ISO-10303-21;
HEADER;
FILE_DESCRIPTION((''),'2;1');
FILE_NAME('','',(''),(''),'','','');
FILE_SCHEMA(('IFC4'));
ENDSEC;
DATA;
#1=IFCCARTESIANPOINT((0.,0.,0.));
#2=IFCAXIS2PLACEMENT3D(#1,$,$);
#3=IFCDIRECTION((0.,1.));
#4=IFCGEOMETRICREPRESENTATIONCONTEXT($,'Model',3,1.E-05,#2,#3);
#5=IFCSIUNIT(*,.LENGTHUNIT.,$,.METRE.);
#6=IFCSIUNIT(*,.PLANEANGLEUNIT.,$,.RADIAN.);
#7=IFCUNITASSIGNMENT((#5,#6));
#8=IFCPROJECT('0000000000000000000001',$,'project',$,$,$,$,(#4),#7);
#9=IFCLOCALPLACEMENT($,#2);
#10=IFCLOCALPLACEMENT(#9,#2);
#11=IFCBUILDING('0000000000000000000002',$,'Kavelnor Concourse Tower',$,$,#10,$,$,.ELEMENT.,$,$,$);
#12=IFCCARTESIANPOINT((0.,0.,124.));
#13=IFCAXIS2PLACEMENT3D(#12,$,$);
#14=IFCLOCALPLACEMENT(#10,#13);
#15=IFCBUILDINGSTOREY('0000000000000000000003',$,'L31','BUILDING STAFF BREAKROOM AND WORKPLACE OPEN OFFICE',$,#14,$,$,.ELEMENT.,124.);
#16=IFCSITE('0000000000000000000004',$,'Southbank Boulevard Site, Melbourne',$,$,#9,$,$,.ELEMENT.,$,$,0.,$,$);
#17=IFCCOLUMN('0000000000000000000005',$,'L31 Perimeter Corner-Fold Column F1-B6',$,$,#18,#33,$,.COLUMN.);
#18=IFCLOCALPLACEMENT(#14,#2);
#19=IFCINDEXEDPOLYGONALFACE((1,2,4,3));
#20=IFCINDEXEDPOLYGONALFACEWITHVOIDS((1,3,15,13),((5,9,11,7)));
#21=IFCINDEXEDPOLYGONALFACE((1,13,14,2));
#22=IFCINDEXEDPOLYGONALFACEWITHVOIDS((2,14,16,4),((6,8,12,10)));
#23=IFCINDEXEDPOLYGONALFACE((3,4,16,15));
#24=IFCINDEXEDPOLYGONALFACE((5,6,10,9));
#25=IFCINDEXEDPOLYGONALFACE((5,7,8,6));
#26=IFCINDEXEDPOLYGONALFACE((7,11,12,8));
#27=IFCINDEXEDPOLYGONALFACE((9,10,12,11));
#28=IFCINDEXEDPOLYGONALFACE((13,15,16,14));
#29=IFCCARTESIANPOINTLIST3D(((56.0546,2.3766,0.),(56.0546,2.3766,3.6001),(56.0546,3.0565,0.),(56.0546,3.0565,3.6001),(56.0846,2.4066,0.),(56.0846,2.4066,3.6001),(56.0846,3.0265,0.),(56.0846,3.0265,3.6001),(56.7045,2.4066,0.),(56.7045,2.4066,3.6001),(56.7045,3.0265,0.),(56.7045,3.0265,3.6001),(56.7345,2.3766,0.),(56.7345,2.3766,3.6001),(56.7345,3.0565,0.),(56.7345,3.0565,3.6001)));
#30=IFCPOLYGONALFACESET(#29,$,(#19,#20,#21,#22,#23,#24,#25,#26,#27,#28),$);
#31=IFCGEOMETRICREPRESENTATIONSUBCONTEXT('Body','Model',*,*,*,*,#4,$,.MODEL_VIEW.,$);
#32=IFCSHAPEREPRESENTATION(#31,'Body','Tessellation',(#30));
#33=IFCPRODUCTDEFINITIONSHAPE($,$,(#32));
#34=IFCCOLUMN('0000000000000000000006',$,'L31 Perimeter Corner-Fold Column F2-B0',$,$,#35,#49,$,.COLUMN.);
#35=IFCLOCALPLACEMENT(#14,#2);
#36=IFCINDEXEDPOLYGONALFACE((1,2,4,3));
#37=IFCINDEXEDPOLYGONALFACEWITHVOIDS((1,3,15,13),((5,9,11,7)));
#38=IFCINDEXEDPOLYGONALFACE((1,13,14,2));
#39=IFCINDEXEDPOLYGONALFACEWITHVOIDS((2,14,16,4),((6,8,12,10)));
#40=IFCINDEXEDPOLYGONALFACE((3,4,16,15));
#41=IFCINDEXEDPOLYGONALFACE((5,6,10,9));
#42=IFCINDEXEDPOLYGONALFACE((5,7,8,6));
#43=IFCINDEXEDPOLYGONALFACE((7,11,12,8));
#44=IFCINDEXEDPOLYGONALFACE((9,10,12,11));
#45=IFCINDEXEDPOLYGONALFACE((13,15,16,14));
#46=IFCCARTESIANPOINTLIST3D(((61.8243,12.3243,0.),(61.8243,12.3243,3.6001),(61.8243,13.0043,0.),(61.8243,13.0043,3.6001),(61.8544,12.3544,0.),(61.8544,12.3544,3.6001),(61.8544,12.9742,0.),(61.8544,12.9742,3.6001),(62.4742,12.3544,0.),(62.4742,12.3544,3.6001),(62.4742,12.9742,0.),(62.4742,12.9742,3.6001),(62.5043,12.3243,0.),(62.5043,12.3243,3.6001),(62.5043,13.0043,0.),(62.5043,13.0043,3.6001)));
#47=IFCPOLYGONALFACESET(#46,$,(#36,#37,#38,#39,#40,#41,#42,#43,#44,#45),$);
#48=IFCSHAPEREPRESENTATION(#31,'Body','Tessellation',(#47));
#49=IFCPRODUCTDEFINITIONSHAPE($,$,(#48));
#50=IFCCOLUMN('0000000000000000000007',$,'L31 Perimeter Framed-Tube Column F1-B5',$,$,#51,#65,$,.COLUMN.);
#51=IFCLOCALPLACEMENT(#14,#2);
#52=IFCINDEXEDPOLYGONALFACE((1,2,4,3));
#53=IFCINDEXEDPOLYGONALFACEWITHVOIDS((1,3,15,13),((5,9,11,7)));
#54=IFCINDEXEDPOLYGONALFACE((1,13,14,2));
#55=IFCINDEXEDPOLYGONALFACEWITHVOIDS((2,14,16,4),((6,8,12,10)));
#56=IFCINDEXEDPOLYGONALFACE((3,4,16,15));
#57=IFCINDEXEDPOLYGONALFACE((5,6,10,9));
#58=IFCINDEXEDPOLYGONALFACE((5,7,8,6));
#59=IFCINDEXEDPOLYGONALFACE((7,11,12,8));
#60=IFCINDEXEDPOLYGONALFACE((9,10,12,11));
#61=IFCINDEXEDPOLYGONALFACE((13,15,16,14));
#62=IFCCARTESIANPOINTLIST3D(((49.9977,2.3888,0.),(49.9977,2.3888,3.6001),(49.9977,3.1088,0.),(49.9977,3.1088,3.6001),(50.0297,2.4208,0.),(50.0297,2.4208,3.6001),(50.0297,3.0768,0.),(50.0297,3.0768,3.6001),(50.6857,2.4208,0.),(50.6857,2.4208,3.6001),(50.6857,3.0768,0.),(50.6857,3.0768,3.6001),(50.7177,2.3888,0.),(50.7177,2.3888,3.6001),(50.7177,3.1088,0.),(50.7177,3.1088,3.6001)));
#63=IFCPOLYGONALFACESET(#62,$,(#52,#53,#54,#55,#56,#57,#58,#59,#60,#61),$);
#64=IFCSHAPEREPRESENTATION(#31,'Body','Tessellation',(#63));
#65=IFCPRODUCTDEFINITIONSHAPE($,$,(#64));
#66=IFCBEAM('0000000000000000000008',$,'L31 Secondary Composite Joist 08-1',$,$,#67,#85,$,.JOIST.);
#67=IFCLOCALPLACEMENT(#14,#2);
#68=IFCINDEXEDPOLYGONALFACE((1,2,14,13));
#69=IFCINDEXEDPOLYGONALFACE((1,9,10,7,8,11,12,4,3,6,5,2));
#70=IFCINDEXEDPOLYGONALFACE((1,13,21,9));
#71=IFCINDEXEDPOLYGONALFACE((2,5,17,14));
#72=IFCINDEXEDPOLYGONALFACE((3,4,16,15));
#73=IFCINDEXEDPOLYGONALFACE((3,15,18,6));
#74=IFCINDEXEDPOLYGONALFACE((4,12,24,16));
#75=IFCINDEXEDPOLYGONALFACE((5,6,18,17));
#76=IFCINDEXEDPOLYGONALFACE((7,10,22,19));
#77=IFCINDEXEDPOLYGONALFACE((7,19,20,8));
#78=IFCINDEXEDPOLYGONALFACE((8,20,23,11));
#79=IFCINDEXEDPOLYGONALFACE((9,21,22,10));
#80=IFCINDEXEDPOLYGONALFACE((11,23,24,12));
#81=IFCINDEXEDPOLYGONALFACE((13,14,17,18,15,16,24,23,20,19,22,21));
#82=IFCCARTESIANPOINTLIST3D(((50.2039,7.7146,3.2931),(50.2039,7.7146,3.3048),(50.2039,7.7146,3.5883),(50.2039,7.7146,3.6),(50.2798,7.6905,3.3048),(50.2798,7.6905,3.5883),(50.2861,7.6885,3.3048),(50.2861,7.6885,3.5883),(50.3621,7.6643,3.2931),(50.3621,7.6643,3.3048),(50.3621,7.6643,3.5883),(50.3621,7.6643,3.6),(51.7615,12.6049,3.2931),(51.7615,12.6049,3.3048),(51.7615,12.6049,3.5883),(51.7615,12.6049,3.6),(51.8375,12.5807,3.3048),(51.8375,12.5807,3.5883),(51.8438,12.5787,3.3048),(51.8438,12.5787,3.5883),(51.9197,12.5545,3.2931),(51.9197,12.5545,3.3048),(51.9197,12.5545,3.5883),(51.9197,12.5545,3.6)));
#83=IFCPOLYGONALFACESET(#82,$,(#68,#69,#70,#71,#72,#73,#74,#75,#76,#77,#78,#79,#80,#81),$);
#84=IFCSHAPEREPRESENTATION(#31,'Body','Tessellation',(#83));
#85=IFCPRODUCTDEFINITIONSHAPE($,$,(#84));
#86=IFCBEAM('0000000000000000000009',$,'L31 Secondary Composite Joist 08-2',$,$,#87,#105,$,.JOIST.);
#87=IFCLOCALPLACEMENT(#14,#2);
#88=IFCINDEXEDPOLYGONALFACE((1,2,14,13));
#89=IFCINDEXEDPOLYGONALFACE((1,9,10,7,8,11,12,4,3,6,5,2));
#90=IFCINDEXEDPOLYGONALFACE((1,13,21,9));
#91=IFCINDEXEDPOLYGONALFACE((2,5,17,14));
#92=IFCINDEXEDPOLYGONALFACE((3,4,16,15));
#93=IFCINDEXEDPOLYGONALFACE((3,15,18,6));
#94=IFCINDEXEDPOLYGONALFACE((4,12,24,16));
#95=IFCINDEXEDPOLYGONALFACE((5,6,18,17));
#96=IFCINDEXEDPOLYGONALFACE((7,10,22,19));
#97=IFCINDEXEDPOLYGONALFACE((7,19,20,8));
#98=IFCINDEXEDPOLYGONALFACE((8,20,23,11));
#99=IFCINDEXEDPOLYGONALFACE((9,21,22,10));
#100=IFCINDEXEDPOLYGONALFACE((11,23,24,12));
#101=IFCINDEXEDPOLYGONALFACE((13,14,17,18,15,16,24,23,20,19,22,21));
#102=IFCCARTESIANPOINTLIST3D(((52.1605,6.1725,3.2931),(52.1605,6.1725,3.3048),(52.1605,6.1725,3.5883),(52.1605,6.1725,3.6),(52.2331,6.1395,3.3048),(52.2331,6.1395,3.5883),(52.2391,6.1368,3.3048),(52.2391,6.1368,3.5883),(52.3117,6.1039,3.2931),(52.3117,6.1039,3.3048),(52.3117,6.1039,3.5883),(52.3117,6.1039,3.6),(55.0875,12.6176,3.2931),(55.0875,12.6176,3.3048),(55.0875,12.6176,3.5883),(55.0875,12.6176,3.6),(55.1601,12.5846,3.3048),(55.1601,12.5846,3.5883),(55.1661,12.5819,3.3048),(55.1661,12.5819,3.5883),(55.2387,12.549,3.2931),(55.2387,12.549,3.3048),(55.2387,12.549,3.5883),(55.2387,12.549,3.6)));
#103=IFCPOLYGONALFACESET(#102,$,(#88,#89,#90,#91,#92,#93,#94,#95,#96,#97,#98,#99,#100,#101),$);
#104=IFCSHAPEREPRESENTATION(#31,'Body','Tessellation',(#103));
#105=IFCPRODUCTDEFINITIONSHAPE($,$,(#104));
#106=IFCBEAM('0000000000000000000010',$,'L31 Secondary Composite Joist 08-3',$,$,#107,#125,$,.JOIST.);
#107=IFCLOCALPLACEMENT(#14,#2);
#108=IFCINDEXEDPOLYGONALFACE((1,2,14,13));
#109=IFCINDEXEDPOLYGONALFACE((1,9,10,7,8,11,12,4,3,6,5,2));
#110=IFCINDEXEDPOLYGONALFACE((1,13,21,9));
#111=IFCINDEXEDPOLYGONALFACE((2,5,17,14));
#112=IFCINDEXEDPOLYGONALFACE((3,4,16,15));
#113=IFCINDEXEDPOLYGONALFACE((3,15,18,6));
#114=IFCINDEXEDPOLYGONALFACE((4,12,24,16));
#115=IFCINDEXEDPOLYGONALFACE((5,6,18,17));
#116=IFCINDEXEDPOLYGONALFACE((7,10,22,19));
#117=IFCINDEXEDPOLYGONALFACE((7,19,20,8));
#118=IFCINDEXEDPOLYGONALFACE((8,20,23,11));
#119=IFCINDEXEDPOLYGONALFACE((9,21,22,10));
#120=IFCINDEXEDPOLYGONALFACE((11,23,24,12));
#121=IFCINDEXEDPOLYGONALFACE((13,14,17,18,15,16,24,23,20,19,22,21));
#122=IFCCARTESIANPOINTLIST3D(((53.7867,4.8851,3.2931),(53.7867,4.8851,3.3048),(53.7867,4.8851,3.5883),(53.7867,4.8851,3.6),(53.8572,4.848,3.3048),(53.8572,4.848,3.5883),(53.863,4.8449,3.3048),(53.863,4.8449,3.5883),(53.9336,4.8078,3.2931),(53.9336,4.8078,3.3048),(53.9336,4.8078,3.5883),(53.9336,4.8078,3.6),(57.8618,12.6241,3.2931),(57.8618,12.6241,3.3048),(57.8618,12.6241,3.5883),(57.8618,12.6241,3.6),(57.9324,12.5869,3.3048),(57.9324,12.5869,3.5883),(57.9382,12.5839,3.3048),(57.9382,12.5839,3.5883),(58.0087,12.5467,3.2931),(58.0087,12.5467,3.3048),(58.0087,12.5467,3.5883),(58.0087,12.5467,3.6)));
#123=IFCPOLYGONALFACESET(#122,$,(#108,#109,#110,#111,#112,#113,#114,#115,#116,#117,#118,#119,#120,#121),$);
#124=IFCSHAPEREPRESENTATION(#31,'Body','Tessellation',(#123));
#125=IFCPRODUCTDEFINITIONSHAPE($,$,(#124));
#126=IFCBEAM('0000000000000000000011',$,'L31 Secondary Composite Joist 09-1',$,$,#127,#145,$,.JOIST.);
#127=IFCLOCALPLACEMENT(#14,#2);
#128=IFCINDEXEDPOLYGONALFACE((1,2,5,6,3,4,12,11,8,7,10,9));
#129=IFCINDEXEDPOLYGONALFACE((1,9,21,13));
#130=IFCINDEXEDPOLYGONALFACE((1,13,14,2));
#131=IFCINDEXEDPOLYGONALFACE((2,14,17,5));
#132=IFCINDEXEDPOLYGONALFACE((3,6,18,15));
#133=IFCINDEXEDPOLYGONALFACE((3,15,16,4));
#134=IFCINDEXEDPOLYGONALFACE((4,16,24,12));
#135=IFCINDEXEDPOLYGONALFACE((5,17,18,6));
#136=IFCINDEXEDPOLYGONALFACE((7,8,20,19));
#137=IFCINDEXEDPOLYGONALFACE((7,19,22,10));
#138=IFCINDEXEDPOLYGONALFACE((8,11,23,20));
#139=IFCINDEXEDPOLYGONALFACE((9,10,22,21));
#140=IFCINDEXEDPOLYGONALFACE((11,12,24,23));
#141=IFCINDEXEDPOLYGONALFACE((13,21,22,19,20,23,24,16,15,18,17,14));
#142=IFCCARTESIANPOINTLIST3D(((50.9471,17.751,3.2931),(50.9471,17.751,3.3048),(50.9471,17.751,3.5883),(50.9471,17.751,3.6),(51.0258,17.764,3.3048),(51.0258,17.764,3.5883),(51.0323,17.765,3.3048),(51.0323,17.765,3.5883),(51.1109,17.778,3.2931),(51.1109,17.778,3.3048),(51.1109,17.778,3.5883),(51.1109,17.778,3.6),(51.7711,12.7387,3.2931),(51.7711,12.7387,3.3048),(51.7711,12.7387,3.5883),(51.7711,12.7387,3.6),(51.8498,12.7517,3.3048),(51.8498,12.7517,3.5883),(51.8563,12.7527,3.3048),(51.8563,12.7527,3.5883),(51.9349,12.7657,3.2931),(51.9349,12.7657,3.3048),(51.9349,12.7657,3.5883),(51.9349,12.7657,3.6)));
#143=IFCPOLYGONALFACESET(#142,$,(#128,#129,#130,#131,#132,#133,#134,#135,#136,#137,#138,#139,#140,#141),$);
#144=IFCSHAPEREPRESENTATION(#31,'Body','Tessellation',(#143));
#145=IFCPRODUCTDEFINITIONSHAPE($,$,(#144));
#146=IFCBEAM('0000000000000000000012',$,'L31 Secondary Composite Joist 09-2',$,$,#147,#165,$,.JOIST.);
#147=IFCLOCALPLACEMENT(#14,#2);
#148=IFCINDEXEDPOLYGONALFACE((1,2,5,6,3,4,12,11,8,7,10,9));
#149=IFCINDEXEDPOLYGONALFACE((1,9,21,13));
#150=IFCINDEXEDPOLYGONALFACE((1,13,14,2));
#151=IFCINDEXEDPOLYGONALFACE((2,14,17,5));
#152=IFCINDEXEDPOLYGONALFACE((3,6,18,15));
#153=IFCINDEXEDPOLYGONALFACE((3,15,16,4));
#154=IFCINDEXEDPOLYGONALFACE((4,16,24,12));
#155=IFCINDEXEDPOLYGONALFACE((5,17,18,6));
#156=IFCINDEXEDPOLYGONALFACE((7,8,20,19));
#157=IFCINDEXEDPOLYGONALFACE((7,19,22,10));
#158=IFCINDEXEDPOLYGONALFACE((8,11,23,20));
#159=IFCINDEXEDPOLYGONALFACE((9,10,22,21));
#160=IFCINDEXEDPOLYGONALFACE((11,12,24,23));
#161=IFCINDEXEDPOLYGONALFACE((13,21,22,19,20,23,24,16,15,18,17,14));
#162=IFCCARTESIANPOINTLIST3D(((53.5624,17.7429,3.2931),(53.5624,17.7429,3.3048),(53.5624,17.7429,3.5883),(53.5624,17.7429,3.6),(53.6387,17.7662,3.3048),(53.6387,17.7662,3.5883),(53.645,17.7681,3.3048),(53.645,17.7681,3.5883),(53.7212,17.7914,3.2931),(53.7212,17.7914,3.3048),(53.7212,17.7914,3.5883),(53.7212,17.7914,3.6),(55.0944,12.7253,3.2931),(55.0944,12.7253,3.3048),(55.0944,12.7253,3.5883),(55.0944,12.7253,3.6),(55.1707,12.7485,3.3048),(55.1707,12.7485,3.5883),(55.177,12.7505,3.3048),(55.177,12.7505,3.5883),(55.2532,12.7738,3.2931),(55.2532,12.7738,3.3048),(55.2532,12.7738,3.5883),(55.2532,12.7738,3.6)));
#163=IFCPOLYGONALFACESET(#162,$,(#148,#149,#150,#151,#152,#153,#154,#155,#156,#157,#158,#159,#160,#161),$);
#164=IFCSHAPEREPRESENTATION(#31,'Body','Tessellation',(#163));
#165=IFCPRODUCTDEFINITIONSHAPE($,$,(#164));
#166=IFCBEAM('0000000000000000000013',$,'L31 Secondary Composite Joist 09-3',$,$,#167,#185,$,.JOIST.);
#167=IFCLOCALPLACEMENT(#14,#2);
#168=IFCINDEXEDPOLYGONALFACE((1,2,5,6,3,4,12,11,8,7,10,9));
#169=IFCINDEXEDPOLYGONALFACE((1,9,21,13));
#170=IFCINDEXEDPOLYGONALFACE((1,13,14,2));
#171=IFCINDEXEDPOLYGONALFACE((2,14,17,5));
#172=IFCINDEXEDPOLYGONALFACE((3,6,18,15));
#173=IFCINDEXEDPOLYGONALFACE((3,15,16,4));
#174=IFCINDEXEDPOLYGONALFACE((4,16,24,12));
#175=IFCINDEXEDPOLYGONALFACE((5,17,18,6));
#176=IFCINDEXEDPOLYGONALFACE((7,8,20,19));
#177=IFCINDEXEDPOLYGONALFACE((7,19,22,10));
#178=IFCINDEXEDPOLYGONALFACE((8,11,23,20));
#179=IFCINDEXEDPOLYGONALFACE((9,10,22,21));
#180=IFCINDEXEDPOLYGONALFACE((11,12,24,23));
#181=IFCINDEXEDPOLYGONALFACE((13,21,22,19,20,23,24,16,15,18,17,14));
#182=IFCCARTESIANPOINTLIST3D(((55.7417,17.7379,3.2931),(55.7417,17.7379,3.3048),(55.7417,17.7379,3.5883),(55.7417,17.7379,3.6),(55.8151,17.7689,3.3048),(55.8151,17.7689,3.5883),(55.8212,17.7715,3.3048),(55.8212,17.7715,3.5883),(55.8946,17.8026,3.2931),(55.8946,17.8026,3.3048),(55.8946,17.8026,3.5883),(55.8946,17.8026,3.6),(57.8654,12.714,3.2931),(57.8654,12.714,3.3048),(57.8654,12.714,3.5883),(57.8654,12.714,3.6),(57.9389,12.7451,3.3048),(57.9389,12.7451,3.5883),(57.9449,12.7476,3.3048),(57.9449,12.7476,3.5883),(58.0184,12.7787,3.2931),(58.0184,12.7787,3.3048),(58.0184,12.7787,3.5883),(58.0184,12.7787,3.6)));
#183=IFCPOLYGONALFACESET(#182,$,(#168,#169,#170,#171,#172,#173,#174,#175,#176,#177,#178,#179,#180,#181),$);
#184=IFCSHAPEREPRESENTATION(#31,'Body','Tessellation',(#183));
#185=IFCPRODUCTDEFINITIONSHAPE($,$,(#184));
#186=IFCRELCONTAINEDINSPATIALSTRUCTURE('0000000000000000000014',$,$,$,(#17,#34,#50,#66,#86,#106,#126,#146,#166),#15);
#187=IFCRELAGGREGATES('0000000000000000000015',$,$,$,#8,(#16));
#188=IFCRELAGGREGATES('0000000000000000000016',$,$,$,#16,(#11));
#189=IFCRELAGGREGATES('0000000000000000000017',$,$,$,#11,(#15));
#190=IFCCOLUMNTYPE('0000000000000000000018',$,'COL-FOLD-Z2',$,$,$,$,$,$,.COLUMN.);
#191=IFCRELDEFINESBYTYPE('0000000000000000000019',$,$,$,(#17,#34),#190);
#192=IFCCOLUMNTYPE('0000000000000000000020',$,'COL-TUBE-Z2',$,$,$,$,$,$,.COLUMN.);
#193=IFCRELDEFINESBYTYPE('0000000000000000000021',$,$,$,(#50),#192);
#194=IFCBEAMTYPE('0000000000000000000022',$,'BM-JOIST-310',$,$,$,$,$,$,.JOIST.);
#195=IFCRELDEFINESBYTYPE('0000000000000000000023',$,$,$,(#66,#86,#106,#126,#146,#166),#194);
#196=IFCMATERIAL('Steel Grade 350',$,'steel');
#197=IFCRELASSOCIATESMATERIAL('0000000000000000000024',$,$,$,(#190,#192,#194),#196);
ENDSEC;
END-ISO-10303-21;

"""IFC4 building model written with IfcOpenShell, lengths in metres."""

from ifc_helpers import new_model, si_unit, direction, frame, origin, origin_2d, place, context, subcontext, project, spatial, hollow_rectangle, i_section, extrude, material, material_profile, profile_set, type_object, element, save


model = new_model("IFC4")

# Units and contexts
model_context = context("Model", 3, precision=1e-05, world=origin(), true_north=direction((0.0, 1.0)))
body_context = subcontext(model_context, "Body", "Model", "MODEL_VIEW")
ifc_project = project(units=[si_unit("LENGTHUNIT", "METRE"), si_unit("PLANEANGLEUNIT", "RADIAN")], contexts=[model_context])

# Site, building, storey
site_placement = place(None, origin())
site = spatial("IfcSite", under=ifc_project, at=site_placement, Name="Southbank Boulevard Site, Melbourne", CompositionType="ELEMENT", RefElevation=0.0)
building_placement = place(site_placement, origin())
building = spatial("IfcBuilding", under=site, at=building_placement, Name="Kavelnor Concourse Tower", CompositionType="ELEMENT")
storey_placement = place(building_placement, frame((0.0, 0.0, 124.0)))
storey = spatial("IfcBuildingStorey", under=building, at=storey_placement, Name="L31", Description="BUILDING STAFF BREAKROOM AND WORKPLACE OPEN OFFICE", CompositionType="ELEMENT", Elevation=124.0)

# Columns
ifc_material_1 = material(Name="Steel Grade 350", Category="steel")
ifc_material_profile_1 = material_profile(ifc_material_1, hollow_rectangle(XDim=0.6799, YDim=0.6799, WallThickness=0.03, at=origin_2d()), Name="SHS 680x680x30")
ifc_profile_set_1 = profile_set([ifc_material_profile_1], Name="Steel Grade 350")
column_type_1 = type_object("IfcColumnType", Name="COL-FOLD-Z2", PredefinedType="COLUMN", material=ifc_profile_set_1)
for number, where, z_axis, x_axis, name in (
    (1, (56.3945, 2.7166, 0.0), (0.0, 0.0, 1.0), (1.0, 0.0, 0.0), "L31 Perimeter Corner-Fold Column F1-B6"),
    (2, (62.1643, 12.6643, 0.0), (0.0, 0.0, 1.0), (1.0, 0.0, 0.0), "L31 Perimeter Corner-Fold Column F2-B0"),
):
    element("IfcColumn", number, at=place(storey_placement, frame(where, z_axis=z_axis, x_axis=x_axis)), inside=storey, type_object=column_type_1, Name=name, PredefinedType="COLUMN", context=body_context, shape_type="SweptSolid", body=[
        extrude(hollow_rectangle(XDim=0.6799, YDim=0.6799, WallThickness=0.03, at=origin_2d()), origin(), (0.0, 0.0, 1.0), 3.6001),
    ])
ifc_material_profile_2 = material_profile(ifc_material_1, hollow_rectangle(XDim=0.72, YDim=0.72, WallThickness=0.032, at=origin_2d()), Name="SHS 720x720x32")
ifc_profile_set_2 = profile_set([ifc_material_profile_2], Name="Steel Grade 350")
column_type_2 = type_object("IfcColumnType", Name="COL-TUBE-Z2", PredefinedType="COLUMN", material=ifc_profile_set_2)
column_placement = place(storey_placement, frame((50.3577, 2.7488, 0.0), z_axis=(0.0, 0.0, 1.0), x_axis=(1.0, 0.0, 0.0)))
element("IfcColumn", 3, at=column_placement, inside=storey, type_object=column_type_2, Name="L31 Perimeter Framed-Tube Column F1-B5", PredefinedType="COLUMN", context=body_context, shape_type="SweptSolid", body=[
    extrude(hollow_rectangle(XDim=0.72, YDim=0.72, WallThickness=0.032, at=origin_2d()), origin(), (0.0, 0.0, 1.0), 3.6001),
])

# Beams
ifc_material_profile_3 = material_profile(ifc_material_1, i_section(OverallWidth=0.166, OverallDepth=0.3069, WebThickness=0.0066, FlangeThickness=0.0117, at=origin_2d()), Name="310UB46")
ifc_profile_set_3 = profile_set([ifc_material_profile_3], Name="Steel Grade 350")
beam_type_1 = type_object("IfcBeamType", Name="BM-JOIST-310", PredefinedType="JOIST", material=ifc_profile_set_3)
beam_1_placement = place(storey_placement, frame((50.283, 7.6895, 3.4465), z_axis=(0.303498, 0.952832, 0.0), x_axis=(-0.952832, 0.303498, 0.0)))
element("IfcBeam", 4, at=beam_1_placement, inside=storey, type_object=beam_type_1, Name="L31 Secondary Composite Joist 08-1", PredefinedType="JOIST", context=body_context, shape_type="SweptSolid", body=[
    extrude(i_section(OverallWidth=0.166, OverallDepth=0.3069, WebThickness=0.0066, FlangeThickness=0.0117, at=origin_2d()), origin(), (0.0, 0.0, 1.0), 5.1323),
])
beam_2_placement = place(storey_placement, frame((52.2361, 6.1382, 3.4465), z_axis=(0.413501, 0.910503, 0.0), x_axis=(-0.910503, 0.413501, 0.0)))
element("IfcBeam", 5, at=beam_2_placement, inside=storey, type_object=beam_type_1, Name="L31 Secondary Composite Joist 08-2", PredefinedType="JOIST", context=body_context, shape_type="SweptSolid", body=[
    extrude(i_section(OverallWidth=0.166, OverallDepth=0.3069, WebThickness=0.0066, FlangeThickness=0.0117, at=origin_2d()), origin(), (0.0, 0.0, 1.0), 7.0786),
])
beam_3_placement = place(storey_placement, frame((53.8601, 4.8464, 3.4465), z_axis=(0.465928, 0.884823, 0.0), x_axis=(-0.884823, 0.465928, 0.0)))
element("IfcBeam", 6, at=beam_3_placement, inside=storey, type_object=beam_type_1, Name="L31 Secondary Composite Joist 08-3", PredefinedType="JOIST", context=body_context, shape_type="SweptSolid", body=[
    extrude(i_section(OverallWidth=0.166, OverallDepth=0.3069, WebThickness=0.0066, FlangeThickness=0.0117, at=origin_2d()), origin(), (0.0, 0.0, 1.0), 8.7463),
])
beam_4_placement = place(storey_placement, frame((51.853, 12.7522, 3.4465), z_axis=(-0.162216, 0.986755, 0.0), x_axis=(-0.986755, -0.162216, 0.0)))
element("IfcBeam", 7, at=beam_4_placement, inside=storey, type_object=beam_type_1, Name="L31 Secondary Composite Joist 09-1", PredefinedType="JOIST", context=body_context, shape_type="SweptSolid", body=[
    extrude(i_section(OverallWidth=0.166, OverallDepth=0.3069, WebThickness=0.0066, FlangeThickness=0.0117, at=origin_2d()), origin(), (0.0, 0.0, 1.0), 5.0796),
])
beam_5_placement = place(storey_placement, frame((55.1738, 12.7495, 3.4465), z_axis=(-0.292015, 0.956414, 0.0), x_axis=(-0.956414, -0.292015, 0.0)))
element("IfcBeam", 8, at=beam_5_placement, inside=storey, type_object=beam_type_1, Name="L31 Secondary Composite Joist 09-2", PredefinedType="JOIST", context=body_context, shape_type="SweptSolid", body=[
    extrude(i_section(OverallWidth=0.166, OverallDepth=0.3069, WebThickness=0.0066, FlangeThickness=0.0117, at=origin_2d()), origin(), (0.0, 0.0, 1.0), 5.2463),
])
beam_6_placement = place(storey_placement, frame((57.9419, 12.7463, 3.4465), z_axis=(-0.389371, 0.921081, 0.0), x_axis=(-0.921081, -0.389371, 0.0)))
element("IfcBeam", 9, at=beam_6_placement, inside=storey, type_object=beam_type_1, Name="L31 Secondary Composite Joist 09-3", PredefinedType="JOIST", context=body_context, shape_type="SweptSolid", body=[
    extrude(i_section(OverallWidth=0.166, OverallDepth=0.3069, WebThickness=0.0066, FlangeThickness=0.0117, at=origin_2d()), origin(), (0.0, 0.0, 1.0), 5.4543),
])

save(model, "model.ifc")
